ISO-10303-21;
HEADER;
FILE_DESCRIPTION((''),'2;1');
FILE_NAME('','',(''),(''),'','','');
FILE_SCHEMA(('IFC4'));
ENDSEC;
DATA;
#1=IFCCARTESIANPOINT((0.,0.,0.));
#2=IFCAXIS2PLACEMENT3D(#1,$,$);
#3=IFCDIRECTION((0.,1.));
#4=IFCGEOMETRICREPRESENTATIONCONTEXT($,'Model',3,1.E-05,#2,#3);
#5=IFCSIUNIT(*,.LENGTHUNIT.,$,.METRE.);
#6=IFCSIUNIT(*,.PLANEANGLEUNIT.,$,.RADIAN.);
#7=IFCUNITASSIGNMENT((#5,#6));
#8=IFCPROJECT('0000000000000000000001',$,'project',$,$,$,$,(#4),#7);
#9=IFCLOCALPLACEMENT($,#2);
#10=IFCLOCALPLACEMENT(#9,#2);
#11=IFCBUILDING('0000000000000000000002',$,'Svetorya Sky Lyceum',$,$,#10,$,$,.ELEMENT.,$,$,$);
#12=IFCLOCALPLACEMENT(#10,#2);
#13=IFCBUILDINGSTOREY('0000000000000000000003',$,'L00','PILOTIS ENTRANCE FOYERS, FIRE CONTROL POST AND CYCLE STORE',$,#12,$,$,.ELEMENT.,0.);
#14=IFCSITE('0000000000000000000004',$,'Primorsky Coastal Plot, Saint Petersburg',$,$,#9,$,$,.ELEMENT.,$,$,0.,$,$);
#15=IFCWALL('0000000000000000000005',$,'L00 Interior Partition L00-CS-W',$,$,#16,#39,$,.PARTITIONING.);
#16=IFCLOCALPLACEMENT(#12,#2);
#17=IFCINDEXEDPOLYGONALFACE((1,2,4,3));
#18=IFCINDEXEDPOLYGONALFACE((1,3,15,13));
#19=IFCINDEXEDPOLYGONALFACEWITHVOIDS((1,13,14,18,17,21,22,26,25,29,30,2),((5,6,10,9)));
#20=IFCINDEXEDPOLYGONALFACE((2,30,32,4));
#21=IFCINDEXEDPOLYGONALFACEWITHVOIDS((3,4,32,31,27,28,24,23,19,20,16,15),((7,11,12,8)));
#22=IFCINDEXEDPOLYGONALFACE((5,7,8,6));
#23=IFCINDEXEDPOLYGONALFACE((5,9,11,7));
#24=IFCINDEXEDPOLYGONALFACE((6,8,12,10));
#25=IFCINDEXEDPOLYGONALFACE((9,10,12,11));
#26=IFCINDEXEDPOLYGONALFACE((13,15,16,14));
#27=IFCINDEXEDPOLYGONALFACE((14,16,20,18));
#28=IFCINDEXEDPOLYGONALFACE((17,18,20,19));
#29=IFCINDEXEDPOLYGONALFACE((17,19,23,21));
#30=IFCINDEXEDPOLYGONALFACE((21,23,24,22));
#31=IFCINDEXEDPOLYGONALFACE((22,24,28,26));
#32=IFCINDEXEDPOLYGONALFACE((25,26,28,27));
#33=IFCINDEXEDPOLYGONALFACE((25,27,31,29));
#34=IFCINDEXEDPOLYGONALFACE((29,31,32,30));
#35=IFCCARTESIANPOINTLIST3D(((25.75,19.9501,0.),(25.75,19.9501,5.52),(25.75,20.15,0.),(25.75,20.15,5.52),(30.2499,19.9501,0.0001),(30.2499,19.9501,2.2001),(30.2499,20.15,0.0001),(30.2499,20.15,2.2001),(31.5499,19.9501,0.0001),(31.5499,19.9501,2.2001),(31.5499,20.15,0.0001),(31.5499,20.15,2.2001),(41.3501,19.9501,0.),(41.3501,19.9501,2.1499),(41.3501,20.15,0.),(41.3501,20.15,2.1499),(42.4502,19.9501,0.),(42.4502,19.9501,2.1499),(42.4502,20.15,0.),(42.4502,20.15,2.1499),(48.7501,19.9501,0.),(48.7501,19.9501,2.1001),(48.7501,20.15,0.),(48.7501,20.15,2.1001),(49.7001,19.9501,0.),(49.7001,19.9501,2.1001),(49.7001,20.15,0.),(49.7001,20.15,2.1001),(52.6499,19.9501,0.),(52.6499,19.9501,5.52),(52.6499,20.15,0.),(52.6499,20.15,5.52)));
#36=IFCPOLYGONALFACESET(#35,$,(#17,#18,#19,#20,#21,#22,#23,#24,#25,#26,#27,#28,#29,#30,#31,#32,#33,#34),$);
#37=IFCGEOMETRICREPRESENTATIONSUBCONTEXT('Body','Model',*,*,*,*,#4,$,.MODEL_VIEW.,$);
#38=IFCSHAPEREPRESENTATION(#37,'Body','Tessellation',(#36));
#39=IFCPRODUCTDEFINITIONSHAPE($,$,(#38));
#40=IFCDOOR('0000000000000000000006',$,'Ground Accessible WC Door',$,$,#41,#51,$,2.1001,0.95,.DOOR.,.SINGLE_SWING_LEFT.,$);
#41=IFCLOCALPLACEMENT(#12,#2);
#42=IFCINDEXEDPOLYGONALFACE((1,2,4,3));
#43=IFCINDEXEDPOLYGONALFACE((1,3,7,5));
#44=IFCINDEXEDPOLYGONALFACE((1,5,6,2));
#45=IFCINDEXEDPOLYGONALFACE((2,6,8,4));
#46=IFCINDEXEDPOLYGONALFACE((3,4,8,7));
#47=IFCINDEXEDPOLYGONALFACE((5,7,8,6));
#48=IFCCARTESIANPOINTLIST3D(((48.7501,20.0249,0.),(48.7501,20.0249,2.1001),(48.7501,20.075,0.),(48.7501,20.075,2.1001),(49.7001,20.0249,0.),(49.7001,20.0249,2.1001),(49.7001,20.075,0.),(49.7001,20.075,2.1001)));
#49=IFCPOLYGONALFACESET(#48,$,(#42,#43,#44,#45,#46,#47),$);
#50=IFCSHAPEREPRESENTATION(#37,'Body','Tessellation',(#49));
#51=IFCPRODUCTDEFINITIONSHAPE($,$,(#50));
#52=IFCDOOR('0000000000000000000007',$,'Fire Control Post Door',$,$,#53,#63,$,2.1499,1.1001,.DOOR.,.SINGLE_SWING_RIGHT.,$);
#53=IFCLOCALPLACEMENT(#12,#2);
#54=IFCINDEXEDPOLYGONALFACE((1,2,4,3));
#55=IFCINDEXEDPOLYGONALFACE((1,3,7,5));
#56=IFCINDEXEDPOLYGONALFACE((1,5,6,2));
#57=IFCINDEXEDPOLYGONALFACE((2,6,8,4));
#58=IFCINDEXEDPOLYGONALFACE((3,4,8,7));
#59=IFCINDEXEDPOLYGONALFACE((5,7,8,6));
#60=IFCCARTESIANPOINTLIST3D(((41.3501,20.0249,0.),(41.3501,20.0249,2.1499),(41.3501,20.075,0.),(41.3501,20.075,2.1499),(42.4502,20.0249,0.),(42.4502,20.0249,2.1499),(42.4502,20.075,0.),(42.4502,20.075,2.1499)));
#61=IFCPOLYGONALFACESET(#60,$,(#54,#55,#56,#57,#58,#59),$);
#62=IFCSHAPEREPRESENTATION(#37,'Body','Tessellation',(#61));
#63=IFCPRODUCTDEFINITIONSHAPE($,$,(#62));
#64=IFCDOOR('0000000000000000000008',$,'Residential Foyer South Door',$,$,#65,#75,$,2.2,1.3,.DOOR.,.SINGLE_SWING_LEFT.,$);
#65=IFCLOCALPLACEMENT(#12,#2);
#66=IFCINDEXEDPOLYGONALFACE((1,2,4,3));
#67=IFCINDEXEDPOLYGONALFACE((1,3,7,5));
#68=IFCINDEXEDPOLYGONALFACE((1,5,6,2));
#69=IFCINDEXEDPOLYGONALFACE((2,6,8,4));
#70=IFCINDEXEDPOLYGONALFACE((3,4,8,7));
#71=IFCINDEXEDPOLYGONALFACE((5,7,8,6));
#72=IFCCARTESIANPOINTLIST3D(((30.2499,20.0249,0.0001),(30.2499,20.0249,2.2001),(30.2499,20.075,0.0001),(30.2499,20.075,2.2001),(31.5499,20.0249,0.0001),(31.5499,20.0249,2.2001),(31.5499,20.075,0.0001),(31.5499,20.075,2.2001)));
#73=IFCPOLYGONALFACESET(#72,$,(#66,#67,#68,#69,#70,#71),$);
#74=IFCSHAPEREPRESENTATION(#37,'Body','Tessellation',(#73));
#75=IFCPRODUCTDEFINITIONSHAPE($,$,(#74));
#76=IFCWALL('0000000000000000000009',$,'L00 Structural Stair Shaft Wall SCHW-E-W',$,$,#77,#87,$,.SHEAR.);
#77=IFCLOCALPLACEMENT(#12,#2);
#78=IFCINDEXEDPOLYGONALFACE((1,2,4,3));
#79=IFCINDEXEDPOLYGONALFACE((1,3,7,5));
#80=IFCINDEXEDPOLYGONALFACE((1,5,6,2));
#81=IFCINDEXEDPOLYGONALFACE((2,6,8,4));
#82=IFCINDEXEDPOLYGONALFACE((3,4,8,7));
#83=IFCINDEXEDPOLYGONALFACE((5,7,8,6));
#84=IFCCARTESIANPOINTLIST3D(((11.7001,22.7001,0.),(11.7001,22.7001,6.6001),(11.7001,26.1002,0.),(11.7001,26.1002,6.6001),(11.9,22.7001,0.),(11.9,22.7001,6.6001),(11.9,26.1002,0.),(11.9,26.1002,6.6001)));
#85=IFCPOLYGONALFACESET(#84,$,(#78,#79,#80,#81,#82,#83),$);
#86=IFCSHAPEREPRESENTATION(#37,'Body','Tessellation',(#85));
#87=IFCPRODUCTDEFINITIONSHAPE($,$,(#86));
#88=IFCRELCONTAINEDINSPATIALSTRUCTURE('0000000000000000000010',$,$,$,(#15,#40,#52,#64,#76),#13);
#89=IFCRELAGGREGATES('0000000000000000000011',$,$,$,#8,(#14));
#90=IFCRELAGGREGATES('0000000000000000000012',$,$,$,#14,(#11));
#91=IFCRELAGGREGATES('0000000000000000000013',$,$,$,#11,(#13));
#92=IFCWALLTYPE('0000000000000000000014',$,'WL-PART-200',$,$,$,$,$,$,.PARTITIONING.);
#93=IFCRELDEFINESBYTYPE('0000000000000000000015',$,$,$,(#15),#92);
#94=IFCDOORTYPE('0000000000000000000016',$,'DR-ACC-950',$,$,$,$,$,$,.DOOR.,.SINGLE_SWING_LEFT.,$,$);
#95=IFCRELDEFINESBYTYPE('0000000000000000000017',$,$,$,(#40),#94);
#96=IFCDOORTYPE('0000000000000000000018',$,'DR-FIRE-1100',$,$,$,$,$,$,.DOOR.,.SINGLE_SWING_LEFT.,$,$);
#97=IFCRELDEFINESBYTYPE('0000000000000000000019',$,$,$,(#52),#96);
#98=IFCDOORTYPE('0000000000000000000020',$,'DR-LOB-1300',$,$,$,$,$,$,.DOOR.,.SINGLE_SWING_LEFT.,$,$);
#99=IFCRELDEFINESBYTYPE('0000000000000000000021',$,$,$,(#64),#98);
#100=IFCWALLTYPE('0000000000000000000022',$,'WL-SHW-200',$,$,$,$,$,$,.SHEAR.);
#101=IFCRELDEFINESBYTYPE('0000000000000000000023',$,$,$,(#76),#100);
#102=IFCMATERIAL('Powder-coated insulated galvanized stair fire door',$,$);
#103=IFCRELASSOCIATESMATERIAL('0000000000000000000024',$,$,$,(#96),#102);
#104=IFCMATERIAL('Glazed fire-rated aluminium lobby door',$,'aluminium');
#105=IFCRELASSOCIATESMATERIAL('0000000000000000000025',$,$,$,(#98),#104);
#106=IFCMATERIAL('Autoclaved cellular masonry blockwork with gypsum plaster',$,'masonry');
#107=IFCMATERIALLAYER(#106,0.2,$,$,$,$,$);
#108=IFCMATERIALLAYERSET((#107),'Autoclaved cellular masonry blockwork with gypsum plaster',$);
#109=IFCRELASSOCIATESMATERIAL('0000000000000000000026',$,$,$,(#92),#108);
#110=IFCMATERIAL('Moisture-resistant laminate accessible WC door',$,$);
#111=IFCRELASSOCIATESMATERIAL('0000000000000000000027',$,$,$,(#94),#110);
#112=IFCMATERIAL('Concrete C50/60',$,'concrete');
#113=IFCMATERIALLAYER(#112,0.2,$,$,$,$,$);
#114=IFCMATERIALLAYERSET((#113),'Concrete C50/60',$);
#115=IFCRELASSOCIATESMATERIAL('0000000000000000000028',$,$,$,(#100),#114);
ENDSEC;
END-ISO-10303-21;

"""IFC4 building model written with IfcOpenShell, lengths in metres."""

from ifc_helpers import new_model, si_unit, direction, frame, frame_2d, origin, place, context, subcontext, project, spatial, rectangle, extrude, material, layer, layer_set, type_object, element, fill, save


model = new_model("IFC4")

# Units and contexts
model_context = context("Model", 3, precision=1e-05, world=origin(), true_north=direction((0.0, 1.0)))
body_context = subcontext(model_context, "Body", "Model", "MODEL_VIEW")
ifc_project = project(units=[si_unit("LENGTHUNIT", "METRE"), si_unit("PLANEANGLEUNIT", "RADIAN")], contexts=[model_context])

# Site, building, storey
site_placement = place(None, origin())
site = spatial("IfcSite", under=ifc_project, at=site_placement, Name="Primorsky Coastal Plot, Saint Petersburg", CompositionType="ELEMENT", RefElevation=0.0)
building_placement = place(site_placement, origin())
building = spatial("IfcBuilding", under=site, at=building_placement, Name="Svetorya Sky Lyceum", CompositionType="ELEMENT")
storey_placement = place(building_placement, origin())
storey = spatial("IfcBuildingStorey", under=building, at=storey_placement, Name="L00", Description="PILOTIS ENTRANCE FOYERS, FIRE CONTROL POST AND CYCLE STORE", CompositionType="ELEMENT", Elevation=0.0)

# Shared definitions
ifc_material_1 = material(Name="Powder-coated insulated galvanized stair fire door")
door_type_1 = type_object("IfcDoorType", Name="DR-FIRE-1100", OperationType="SINGLE_SWING_LEFT", PredefinedType="DOOR", material=ifc_material_1)
ifc_material_2 = material(Name="Glazed fire-rated aluminium lobby door", Category="aluminium")
door_type_2 = type_object("IfcDoorType", Name="DR-LOB-1300", OperationType="SINGLE_SWING_LEFT", PredefinedType="DOOR", material=ifc_material_2)

# Wall, openings, doors
ifc_material_3 = material(Name="Autoclaved cellular masonry blockwork with gypsum plaster", Category="masonry")
ifc_layer_1 = layer(ifc_material_3, 0.2)
ifc_layer_set_1 = layer_set([ifc_layer_1], Name="Autoclaved cellular masonry blockwork with gypsum plaster")
wall_type_1 = type_object("IfcWallType", Name="WL-PART-200", PredefinedType="PARTITIONING", material=ifc_layer_set_1)
wall_1_placement = place(storey_placement, frame((25.75, 20.05, 0.0), z_axis=(0.0, 0.0, 1.0), x_axis=(1.0, 0.0, 0.0)))
wall_1 = element("IfcWall", 1, at=wall_1_placement, inside=storey, type_object=wall_type_1, Name="L00 Interior Partition L00-CS-W", PredefinedType="PARTITIONING", context=body_context, shape_type="SweptSolid", body=[
    extrude(rectangle(XDim=26.8999, YDim=0.2, at=frame_2d((13.45, 0.0))), origin(), (0.0, 0.0, 1.0), 5.52),
])
opening_1_placement = place(wall_1_placement, frame((4.5, 0.0, 0.0)))
opening_1 = element("IfcOpeningElement", 2, at=opening_1_placement, cuts=wall_1, PredefinedType="OPENING", context=body_context, shape_type="SweptSolid", body=[
    extrude(rectangle(XDim=1.3, YDim=2.2, at=frame_2d((0.6499, 1.1001))), frame((0.0, 0.1099, 0.0), z_axis=(0.0, -1.0, 0.0), x_axis=(1.0, 0.0, 0.0)), (0.0, 0.0, 1.0), 0.22),
])
opening_2_placement = place(wall_1_placement, frame((15.6001, 0.0, 0.0)))
opening_2 = element("IfcOpeningElement", 3, at=opening_2_placement, cuts=wall_1, PredefinedType="OPENING", context=body_context, shape_type="SweptSolid", body=[
    extrude(rectangle(XDim=1.1001, YDim=2.1499, at=frame_2d((0.55, 1.075))), frame((0.0, 0.1099, 0.0), z_axis=(0.0, -1.0, 0.0), x_axis=(1.0, 0.0, 0.0)), (0.0, 0.0, 1.0), 0.22),
])
opening_3_placement = place(wall_1_placement, frame((23.0, 0.0, 0.0)))
opening_3 = element("IfcOpeningElement", 4, at=opening_3_placement, cuts=wall_1, PredefinedType="OPENING", context=body_context, shape_type="SweptSolid", body=[
    extrude(rectangle(XDim=0.95, YDim=2.1001, at=frame_2d((0.4751, 1.05))), frame((0.0, 0.1099, 0.0), z_axis=(0.0, -1.0, 0.0), x_axis=(1.0, 0.0, 0.0)), (0.0, 0.0, 1.0), 0.22),
])
ifc_material_4 = material(Name="Moisture-resistant laminate accessible WC door")
door_type_3 = type_object("IfcDoorType", Name="DR-ACC-950", OperationType="SINGLE_SWING_LEFT", PredefinedType="DOOR", material=ifc_material_4)
door_1_placement = place(opening_3_placement, origin())
door_1 = element("IfcDoor", 5, at=door_1_placement, inside=storey, type_object=door_type_3, Name="Ground Accessible WC Door", OperationType="SINGLE_SWING_LEFT", OverallHeight=2.1001, OverallWidth=0.95, PredefinedType="DOOR", context=body_context, shape_type="SweptSolid", body=[
    extrude(rectangle(XDim=0.95, YDim=2.1001, at=frame_2d((0.4751, 1.05))), frame((0.0, 0.0249, 0.0), z_axis=(0.0, -1.0, 0.0), x_axis=(1.0, 0.0, 0.0)), (0.0, 0.0, 1.0), 0.05),
])
fill(opening_3, door_1)
door_2_placement = place(opening_2_placement, origin())
door_2 = element("IfcDoor", 6, at=door_2_placement, inside=storey, type_object=door_type_1, Name="Fire Control Post Door", OperationType="SINGLE_SWING_RIGHT", OverallHeight=2.1499, OverallWidth=1.1001, PredefinedType="DOOR", context=body_context, shape_type="SweptSolid", body=[
    extrude(rectangle(XDim=1.1001, YDim=2.1499, at=frame_2d((0.55, 1.075))), frame((0.0, 0.0249, 0.0), z_axis=(0.0, -1.0, 0.0), x_axis=(1.0, 0.0, 0.0)), (0.0, 0.0, 1.0), 0.05),
])
fill(opening_2, door_2)
door_3_placement = place(opening_1_placement, origin())
door_3 = element("IfcDoor", 7, at=door_3_placement, inside=storey, type_object=door_type_2, Name="Residential Foyer South Door", OperationType="SINGLE_SWING_LEFT", OverallHeight=2.2, OverallWidth=1.3, PredefinedType="DOOR", context=body_context, shape_type="SweptSolid", body=[
    extrude(rectangle(XDim=1.3, YDim=2.2, at=frame_2d((0.6499, 1.1001))), frame((0.0, 0.0249, 0.0), z_axis=(0.0, -1.0, 0.0), x_axis=(1.0, 0.0, 0.0)), (0.0, 0.0, 1.0), 0.05),
])
fill(opening_1, door_3)

# Wall
ifc_material_5 = material(Name="Concrete C50/60", Category="concrete")
ifc_layer_2 = layer(ifc_material_5, 0.2)
ifc_layer_set_2 = layer_set([ifc_layer_2], Name="Concrete C50/60")
wall_type_2 = type_object("IfcWallType", Name="WL-SHW-200", PredefinedType="SHEAR", material=ifc_layer_set_2)
wall_2_placement = place(storey_placement, frame((11.8, 22.7, 0.0), z_axis=(0.0, 0.0, 1.0), x_axis=(0.0, 1.0, 0.0)))
element("IfcWall", 8, at=wall_2_placement, inside=storey, type_object=wall_type_2, Name="L00 Structural Stair Shaft Wall SCHW-E-W", PredefinedType="SHEAR", context=body_context, shape_type="SweptSolid", body=[
    extrude(rectangle(XDim=3.4001, YDim=0.2, at=frame_2d((1.7002, 0.0))), origin(), (0.0, 0.0, 1.0), 6.6001),
])

save(model, "model.ifc")
